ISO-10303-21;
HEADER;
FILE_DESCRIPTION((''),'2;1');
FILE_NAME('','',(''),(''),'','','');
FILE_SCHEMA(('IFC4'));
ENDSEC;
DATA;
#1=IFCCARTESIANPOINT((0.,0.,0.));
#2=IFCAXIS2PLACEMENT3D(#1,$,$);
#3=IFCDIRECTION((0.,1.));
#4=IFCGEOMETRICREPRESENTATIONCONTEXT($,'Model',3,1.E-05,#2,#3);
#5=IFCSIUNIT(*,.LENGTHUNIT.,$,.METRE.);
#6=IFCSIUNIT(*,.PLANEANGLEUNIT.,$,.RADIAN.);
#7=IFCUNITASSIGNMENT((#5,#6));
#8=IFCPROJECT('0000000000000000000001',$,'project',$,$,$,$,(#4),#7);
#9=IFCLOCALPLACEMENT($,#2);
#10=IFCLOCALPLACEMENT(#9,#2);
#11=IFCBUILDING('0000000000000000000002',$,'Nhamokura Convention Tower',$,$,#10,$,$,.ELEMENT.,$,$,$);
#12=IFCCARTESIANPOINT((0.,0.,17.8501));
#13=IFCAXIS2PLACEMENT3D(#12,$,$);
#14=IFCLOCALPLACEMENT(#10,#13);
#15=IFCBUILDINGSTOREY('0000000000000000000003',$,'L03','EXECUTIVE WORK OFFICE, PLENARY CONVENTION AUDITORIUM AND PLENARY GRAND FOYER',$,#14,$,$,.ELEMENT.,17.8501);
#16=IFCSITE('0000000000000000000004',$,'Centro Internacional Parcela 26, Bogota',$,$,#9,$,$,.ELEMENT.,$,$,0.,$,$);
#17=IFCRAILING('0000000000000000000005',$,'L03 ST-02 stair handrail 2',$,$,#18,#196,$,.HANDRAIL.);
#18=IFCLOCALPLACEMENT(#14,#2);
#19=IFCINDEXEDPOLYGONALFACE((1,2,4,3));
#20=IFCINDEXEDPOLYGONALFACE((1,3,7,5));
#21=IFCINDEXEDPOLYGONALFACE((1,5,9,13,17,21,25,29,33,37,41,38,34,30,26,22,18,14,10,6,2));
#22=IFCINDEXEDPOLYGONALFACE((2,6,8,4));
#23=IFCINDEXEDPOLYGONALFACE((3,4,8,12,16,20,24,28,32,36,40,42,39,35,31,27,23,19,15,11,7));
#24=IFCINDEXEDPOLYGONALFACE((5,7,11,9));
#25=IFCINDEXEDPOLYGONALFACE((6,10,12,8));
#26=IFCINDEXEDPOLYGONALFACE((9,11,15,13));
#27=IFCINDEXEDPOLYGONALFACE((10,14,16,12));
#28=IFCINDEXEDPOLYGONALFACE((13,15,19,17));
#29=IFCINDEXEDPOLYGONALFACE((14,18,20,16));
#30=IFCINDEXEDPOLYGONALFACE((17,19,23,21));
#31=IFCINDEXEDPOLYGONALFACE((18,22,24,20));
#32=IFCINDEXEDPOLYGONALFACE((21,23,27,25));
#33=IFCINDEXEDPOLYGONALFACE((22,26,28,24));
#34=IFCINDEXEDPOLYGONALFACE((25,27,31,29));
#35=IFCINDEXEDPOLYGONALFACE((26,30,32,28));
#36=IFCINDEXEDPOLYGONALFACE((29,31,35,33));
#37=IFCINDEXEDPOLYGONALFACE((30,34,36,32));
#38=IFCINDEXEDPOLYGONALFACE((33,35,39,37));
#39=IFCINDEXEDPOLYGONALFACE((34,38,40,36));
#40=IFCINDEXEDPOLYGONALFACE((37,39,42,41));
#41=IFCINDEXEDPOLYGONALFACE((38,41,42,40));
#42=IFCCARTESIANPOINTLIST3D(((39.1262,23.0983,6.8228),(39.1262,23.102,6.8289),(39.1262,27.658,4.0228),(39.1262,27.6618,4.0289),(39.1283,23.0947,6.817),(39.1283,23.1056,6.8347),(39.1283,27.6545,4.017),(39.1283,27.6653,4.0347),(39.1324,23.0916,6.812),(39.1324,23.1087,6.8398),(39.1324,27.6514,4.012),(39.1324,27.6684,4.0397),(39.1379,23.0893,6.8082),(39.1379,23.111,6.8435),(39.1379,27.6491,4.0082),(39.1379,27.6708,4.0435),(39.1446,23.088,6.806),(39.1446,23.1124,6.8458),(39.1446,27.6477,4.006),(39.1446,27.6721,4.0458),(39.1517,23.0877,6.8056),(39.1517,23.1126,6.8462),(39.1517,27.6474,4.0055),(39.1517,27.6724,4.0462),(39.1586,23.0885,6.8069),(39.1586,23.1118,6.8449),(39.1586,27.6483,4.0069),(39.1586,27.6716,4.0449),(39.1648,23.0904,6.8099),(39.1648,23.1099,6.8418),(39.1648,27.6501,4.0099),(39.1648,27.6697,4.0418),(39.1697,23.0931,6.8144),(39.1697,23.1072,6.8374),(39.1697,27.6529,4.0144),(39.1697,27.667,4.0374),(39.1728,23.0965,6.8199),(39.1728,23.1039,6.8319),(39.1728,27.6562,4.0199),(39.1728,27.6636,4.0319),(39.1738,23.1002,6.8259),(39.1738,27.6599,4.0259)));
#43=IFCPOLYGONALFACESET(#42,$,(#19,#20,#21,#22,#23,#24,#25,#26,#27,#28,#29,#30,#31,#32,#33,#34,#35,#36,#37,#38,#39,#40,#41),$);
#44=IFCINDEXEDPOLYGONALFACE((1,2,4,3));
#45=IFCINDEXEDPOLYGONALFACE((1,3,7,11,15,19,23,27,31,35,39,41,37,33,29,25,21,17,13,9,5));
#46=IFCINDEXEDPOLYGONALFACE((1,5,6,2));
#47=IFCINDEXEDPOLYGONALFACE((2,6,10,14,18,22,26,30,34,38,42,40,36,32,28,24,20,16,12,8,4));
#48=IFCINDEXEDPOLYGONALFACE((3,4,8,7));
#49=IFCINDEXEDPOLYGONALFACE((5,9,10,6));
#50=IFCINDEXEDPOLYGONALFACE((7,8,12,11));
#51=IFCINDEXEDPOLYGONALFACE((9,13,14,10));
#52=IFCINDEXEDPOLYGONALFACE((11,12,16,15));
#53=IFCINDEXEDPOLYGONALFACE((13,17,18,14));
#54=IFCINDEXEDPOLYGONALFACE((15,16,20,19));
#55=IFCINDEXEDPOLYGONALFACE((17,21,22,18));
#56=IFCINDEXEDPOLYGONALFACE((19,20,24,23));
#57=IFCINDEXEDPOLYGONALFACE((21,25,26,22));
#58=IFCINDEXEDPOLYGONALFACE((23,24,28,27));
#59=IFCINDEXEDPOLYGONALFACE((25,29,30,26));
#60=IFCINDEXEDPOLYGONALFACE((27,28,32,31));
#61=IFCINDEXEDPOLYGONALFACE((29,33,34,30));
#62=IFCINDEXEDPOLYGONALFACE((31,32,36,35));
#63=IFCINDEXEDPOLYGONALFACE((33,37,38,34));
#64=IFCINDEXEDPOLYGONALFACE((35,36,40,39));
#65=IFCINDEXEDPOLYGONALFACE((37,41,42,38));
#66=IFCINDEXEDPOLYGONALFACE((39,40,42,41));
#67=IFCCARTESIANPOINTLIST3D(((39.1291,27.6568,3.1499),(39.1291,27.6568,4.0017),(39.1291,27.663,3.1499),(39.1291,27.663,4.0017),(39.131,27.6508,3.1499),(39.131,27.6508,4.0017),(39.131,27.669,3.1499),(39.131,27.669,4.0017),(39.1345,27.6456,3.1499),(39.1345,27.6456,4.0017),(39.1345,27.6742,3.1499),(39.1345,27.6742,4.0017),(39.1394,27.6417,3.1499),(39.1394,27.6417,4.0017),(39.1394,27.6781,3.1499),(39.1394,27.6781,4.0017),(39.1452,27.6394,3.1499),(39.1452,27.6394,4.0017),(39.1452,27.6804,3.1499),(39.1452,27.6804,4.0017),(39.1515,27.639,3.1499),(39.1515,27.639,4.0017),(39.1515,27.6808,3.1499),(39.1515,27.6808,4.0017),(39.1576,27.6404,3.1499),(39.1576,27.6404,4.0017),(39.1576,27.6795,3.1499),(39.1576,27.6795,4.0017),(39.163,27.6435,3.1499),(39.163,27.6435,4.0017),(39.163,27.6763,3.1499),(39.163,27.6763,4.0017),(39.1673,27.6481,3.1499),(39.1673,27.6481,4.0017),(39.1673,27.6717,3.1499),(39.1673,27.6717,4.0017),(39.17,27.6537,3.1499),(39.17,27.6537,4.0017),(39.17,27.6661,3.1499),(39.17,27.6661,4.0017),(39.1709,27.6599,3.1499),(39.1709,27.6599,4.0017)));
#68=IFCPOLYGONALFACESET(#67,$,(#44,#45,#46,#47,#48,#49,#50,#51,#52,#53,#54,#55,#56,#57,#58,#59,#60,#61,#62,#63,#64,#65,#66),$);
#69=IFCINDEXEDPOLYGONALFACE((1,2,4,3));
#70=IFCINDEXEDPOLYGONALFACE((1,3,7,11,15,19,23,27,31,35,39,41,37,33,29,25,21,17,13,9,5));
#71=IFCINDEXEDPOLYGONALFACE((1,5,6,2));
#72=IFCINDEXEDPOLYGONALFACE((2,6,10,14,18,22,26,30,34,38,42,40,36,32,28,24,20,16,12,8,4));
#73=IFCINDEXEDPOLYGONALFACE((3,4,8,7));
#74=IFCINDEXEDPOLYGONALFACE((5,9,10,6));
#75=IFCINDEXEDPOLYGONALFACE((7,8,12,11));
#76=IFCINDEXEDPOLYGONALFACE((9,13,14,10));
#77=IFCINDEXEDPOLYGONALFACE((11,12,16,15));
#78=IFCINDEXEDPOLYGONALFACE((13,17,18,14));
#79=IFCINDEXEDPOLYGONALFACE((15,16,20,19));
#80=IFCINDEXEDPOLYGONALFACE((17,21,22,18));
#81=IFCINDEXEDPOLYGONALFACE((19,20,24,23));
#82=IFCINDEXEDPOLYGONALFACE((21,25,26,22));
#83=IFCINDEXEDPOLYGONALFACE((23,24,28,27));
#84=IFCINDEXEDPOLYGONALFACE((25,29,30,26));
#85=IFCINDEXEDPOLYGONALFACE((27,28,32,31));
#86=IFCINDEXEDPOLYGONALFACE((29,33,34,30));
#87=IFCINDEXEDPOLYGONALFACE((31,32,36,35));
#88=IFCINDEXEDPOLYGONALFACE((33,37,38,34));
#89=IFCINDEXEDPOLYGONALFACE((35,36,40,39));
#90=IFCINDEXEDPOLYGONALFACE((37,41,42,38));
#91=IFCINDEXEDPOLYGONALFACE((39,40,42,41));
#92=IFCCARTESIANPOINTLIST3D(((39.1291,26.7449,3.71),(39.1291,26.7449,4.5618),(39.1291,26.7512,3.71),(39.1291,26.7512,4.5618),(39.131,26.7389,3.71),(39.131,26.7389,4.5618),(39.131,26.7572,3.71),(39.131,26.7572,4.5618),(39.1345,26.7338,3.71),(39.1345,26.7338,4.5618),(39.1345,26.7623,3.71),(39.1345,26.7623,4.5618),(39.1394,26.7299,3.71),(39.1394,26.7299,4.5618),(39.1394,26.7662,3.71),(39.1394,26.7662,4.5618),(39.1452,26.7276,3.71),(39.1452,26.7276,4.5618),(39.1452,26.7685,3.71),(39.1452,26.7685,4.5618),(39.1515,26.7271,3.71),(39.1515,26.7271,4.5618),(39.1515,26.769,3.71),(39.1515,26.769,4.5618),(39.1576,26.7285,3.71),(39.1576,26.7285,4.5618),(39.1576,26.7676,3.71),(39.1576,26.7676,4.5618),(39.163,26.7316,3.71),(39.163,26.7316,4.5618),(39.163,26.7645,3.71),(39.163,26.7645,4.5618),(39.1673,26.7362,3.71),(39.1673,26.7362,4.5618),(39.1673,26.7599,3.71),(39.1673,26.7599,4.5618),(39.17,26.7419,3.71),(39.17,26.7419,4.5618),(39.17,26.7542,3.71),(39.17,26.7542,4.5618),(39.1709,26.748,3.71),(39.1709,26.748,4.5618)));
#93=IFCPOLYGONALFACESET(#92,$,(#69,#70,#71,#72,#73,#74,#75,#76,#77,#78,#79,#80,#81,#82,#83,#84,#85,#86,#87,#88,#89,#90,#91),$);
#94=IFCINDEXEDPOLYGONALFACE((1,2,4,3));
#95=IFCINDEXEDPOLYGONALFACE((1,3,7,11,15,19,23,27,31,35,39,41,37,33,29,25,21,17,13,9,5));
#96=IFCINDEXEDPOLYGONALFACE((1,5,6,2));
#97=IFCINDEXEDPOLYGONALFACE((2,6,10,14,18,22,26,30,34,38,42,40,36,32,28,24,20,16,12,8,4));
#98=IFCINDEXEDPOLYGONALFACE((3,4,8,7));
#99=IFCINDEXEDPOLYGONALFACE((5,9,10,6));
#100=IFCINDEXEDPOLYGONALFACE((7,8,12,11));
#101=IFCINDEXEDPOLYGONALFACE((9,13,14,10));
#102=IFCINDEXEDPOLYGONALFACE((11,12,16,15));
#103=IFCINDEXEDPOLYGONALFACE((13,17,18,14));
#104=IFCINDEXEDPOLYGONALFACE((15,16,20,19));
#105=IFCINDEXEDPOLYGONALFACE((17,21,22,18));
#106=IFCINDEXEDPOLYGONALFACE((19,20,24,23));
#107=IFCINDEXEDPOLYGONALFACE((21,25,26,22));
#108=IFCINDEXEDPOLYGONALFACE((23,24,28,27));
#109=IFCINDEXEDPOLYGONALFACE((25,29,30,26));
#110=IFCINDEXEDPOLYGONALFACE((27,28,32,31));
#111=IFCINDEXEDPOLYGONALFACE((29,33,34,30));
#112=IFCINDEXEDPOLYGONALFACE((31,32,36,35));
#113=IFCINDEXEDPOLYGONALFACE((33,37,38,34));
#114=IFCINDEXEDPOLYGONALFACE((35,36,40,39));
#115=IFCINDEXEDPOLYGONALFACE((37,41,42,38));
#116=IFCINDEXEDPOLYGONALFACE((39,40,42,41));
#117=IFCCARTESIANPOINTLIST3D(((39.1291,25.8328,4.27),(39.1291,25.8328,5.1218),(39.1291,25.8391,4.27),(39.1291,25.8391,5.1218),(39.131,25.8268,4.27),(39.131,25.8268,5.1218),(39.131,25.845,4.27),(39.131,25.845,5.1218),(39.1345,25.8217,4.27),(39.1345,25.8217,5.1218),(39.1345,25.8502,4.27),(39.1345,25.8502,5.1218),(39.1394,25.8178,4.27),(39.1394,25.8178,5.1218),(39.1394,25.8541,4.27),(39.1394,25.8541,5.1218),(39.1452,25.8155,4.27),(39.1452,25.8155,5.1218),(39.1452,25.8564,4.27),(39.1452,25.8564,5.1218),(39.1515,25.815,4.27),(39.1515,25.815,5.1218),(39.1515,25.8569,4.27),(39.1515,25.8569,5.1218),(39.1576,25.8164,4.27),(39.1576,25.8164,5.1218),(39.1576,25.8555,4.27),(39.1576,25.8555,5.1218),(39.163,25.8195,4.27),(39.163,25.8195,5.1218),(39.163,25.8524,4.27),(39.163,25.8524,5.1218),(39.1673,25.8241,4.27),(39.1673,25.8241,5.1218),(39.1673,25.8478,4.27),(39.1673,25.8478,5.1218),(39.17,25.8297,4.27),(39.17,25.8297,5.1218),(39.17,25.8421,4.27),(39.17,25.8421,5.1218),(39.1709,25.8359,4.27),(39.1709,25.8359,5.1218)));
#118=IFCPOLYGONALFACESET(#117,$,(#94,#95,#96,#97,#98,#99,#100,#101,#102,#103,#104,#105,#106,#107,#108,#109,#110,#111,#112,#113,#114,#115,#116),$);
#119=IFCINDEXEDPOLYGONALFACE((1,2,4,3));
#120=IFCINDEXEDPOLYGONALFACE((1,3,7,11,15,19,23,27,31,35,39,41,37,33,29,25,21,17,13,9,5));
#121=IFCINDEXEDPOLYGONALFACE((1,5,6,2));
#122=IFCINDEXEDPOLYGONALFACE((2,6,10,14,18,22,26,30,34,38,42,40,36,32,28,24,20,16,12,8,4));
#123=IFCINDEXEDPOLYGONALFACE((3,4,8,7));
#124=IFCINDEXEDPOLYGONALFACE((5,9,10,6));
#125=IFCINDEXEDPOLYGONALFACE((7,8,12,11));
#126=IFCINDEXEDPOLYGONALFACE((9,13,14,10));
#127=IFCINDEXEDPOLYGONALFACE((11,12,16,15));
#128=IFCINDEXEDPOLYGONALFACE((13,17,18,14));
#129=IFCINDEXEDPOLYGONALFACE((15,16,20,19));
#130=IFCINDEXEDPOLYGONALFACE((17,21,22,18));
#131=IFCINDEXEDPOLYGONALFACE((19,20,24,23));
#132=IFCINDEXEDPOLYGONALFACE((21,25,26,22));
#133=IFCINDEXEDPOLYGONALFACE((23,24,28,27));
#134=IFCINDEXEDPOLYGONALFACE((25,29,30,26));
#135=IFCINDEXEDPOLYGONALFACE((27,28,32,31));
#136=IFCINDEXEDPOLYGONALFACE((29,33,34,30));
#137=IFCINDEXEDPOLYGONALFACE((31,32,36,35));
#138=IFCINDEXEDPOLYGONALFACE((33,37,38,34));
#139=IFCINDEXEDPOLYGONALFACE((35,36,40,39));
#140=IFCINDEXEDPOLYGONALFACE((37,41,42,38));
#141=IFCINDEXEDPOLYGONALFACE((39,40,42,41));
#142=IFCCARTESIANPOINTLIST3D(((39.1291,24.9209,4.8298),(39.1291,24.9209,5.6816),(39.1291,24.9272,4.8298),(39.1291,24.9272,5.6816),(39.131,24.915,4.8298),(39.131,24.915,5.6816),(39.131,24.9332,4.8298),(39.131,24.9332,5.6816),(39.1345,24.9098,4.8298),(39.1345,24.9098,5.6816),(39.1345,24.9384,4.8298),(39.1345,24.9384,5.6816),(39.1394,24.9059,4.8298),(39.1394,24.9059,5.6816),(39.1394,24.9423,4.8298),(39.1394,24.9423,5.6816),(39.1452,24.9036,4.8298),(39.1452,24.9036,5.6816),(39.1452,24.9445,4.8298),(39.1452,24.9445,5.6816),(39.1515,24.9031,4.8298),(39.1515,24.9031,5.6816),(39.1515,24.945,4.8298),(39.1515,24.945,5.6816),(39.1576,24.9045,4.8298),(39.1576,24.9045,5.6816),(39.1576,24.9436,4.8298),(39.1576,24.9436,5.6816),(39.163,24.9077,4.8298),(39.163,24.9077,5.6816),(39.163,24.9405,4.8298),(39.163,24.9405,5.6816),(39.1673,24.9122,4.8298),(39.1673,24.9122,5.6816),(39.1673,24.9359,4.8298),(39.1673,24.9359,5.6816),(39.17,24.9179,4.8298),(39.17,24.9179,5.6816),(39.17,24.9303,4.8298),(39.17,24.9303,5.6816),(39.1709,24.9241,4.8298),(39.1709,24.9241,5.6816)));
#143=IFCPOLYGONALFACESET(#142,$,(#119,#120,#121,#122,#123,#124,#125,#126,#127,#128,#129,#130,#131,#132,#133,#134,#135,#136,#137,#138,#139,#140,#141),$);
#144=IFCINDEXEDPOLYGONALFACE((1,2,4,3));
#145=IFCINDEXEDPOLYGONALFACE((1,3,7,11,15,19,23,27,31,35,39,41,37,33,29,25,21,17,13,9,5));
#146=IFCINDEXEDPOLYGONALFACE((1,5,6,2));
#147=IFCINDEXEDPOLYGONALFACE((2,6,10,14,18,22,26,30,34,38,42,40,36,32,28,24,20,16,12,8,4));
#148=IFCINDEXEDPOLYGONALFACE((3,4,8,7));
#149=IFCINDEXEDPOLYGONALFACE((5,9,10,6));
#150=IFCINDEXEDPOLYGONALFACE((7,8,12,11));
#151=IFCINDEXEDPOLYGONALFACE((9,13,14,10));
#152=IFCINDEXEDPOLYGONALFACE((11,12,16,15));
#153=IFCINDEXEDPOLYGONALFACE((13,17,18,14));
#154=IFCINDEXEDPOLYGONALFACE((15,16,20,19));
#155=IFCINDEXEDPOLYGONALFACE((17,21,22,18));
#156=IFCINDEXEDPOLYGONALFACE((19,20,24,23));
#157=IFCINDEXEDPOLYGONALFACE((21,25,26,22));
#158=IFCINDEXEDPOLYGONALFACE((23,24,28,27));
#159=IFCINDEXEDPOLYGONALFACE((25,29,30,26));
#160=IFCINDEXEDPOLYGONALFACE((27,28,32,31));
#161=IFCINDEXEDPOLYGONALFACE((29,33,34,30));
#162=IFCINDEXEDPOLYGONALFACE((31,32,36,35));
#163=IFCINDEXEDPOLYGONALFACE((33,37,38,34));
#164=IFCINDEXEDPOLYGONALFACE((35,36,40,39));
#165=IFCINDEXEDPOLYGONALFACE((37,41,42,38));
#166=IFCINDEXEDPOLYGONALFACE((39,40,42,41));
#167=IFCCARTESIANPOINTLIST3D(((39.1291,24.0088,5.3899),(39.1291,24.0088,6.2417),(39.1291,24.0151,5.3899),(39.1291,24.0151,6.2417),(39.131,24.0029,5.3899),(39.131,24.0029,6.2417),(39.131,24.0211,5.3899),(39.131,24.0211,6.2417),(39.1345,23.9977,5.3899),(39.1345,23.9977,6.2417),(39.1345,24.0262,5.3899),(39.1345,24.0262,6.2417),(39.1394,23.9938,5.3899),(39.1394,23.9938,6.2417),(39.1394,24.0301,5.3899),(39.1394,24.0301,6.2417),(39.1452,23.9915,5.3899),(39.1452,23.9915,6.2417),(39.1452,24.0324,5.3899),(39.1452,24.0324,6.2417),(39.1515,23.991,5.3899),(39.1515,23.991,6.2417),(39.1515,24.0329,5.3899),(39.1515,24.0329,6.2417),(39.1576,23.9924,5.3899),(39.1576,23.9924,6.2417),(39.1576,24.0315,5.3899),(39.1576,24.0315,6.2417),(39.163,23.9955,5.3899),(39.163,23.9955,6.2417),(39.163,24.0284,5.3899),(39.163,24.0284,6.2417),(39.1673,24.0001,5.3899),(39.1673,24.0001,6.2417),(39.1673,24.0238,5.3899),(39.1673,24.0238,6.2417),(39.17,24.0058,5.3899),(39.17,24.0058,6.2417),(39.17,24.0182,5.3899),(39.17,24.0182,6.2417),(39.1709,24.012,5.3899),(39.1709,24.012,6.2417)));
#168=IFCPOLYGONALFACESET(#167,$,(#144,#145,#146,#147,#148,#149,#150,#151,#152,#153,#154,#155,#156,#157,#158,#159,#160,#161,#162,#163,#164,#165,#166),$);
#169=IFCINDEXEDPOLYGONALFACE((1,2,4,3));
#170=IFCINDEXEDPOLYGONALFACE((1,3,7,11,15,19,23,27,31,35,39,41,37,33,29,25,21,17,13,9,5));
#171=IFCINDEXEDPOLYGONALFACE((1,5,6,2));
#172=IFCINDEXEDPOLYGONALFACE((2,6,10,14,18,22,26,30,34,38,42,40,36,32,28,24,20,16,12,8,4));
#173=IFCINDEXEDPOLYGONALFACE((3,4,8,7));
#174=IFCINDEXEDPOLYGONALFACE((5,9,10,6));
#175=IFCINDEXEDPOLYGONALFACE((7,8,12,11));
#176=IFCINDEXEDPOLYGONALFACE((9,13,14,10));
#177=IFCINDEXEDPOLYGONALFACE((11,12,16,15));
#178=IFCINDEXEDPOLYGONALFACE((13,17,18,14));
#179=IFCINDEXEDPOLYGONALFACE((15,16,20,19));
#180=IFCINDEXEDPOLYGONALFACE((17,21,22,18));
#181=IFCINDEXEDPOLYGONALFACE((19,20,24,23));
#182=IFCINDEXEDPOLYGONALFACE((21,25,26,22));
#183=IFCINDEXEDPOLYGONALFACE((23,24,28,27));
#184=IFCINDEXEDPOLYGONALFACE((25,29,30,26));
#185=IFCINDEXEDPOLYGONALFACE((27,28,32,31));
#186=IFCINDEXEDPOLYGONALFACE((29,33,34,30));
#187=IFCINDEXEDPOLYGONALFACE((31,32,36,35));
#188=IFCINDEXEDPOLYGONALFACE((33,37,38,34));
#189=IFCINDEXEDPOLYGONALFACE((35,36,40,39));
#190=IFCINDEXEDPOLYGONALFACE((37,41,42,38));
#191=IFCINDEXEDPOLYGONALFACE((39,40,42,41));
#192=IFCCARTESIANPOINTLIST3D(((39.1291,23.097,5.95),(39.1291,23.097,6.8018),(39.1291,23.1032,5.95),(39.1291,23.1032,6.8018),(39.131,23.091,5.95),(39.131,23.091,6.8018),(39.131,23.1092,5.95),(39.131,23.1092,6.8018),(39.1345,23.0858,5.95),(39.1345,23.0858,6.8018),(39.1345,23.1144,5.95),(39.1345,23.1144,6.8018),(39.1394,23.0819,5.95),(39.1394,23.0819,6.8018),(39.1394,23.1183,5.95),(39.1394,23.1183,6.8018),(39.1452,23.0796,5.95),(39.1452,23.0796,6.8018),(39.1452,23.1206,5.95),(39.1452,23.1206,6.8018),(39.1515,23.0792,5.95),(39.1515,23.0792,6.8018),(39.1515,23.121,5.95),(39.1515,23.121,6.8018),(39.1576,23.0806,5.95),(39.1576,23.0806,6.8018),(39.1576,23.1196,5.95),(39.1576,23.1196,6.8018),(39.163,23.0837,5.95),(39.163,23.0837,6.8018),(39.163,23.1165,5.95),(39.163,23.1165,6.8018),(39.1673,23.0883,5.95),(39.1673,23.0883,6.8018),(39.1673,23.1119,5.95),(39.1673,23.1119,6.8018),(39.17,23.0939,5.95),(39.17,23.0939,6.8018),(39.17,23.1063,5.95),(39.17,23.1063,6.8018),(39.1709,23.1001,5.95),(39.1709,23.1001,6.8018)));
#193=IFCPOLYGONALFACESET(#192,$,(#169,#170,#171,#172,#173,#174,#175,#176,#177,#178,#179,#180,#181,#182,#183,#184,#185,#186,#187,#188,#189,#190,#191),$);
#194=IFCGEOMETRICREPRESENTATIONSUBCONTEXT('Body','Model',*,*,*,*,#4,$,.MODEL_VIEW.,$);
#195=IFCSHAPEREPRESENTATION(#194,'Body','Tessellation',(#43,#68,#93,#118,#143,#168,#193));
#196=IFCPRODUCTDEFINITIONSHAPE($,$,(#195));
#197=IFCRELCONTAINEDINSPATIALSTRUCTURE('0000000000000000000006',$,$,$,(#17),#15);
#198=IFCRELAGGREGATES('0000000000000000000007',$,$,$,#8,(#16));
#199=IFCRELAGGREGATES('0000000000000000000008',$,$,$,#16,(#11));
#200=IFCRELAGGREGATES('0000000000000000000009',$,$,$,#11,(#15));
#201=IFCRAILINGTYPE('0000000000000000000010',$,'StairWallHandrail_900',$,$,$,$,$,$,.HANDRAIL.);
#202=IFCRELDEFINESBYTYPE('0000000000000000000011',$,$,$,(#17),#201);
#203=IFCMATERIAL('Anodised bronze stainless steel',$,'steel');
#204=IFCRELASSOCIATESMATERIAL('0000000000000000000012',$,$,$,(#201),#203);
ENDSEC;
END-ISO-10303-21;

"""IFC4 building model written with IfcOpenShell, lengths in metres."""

from ifc_helpers import new_model, si_unit, direction, frame, origin, origin_2d, place, context, subcontext, project, spatial, circle, extrude, material, type_object, element, save


model = new_model("IFC4")

# Units and contexts
model_context = context("Model", 3, precision=1e-05, world=origin(), true_north=direction((0.0, 1.0)))
body_context = subcontext(model_context, "Body", "Model", "MODEL_VIEW")
ifc_project = project(units=[si_unit("LENGTHUNIT", "METRE"), si_unit("PLANEANGLEUNIT", "RADIAN")], contexts=[model_context])

# Site, building, storey
site_placement = place(None, origin())
site = spatial("IfcSite", under=ifc_project, at=site_placement, Name="Centro Internacional Parcela 26, Bogota", CompositionType="ELEMENT", RefElevation=0.0)
building_placement = place(site_placement, origin())
building = spatial("IfcBuilding", under=site, at=building_placement, Name="Nhamokura Convention Tower", CompositionType="ELEMENT")
storey_placement = place(building_placement, frame((0.0, 0.0, 17.8501)))
storey = spatial("IfcBuildingStorey", under=building, at=storey_placement, Name="L03", Description="EXECUTIVE WORK OFFICE, PLENARY CONVENTION AUDITORIUM AND PLENARY GRAND FOYER", CompositionType="ELEMENT", Elevation=17.8501)

# Railing
ifc_material_1 = material(Name="Anodised bronze stainless steel", Category="steel")
railing_type_1 = type_object("IfcRailingType", Name="StairWallHandrail_900", PredefinedType="HANDRAIL", material=ifc_material_1)
railing_1_placement = place(storey_placement, frame((39.1499, 27.6599, 3.1499)))
element("IfcRailing", 1, at=railing_1_placement, inside=storey, type_object=railing_type_1, Name="L03 ST-02 stair handrail 2", PredefinedType="HANDRAIL", context=body_context, shape_type="SweptSolid", body=[
    extrude(circle(Radius=0.0239, at=origin_2d()), frame((0.0, 0.0, 0.876), z_axis=(0.0, -0.852158, 0.523285), x_axis=(1.0, 0.0, 0.0)), (0.0, 0.0, 1.0), 5.3508),
    extrude(circle(Radius=0.021, at=origin_2d()), origin(), (0.0, 0.0, 1.0), 0.8518),
    extrude(circle(Radius=0.021, at=origin_2d()), frame((0.0, -0.9119, 0.5601)), (0.0, 0.0, 1.0), 0.8518),
    extrude(circle(Radius=0.021, at=origin_2d()), frame((0.0, -1.824, 1.1201)), (0.0, 0.0, 1.0), 0.8518),
    extrude(circle(Radius=0.021, at=origin_2d()), frame((0.0, -2.7358, 1.6799)), (0.0, 0.0, 1.0), 0.8518),
    extrude(circle(Radius=0.021, at=origin_2d()), frame((0.0, -3.6479, 2.24)), (0.0, 0.0, 1.0), 0.8518),
    extrude(circle(Radius=0.021, at=origin_2d()), frame((0.0, -4.5598, 2.8)), (0.0, 0.0, 1.0), 0.8518),
])

save(model, "model.ifc")
